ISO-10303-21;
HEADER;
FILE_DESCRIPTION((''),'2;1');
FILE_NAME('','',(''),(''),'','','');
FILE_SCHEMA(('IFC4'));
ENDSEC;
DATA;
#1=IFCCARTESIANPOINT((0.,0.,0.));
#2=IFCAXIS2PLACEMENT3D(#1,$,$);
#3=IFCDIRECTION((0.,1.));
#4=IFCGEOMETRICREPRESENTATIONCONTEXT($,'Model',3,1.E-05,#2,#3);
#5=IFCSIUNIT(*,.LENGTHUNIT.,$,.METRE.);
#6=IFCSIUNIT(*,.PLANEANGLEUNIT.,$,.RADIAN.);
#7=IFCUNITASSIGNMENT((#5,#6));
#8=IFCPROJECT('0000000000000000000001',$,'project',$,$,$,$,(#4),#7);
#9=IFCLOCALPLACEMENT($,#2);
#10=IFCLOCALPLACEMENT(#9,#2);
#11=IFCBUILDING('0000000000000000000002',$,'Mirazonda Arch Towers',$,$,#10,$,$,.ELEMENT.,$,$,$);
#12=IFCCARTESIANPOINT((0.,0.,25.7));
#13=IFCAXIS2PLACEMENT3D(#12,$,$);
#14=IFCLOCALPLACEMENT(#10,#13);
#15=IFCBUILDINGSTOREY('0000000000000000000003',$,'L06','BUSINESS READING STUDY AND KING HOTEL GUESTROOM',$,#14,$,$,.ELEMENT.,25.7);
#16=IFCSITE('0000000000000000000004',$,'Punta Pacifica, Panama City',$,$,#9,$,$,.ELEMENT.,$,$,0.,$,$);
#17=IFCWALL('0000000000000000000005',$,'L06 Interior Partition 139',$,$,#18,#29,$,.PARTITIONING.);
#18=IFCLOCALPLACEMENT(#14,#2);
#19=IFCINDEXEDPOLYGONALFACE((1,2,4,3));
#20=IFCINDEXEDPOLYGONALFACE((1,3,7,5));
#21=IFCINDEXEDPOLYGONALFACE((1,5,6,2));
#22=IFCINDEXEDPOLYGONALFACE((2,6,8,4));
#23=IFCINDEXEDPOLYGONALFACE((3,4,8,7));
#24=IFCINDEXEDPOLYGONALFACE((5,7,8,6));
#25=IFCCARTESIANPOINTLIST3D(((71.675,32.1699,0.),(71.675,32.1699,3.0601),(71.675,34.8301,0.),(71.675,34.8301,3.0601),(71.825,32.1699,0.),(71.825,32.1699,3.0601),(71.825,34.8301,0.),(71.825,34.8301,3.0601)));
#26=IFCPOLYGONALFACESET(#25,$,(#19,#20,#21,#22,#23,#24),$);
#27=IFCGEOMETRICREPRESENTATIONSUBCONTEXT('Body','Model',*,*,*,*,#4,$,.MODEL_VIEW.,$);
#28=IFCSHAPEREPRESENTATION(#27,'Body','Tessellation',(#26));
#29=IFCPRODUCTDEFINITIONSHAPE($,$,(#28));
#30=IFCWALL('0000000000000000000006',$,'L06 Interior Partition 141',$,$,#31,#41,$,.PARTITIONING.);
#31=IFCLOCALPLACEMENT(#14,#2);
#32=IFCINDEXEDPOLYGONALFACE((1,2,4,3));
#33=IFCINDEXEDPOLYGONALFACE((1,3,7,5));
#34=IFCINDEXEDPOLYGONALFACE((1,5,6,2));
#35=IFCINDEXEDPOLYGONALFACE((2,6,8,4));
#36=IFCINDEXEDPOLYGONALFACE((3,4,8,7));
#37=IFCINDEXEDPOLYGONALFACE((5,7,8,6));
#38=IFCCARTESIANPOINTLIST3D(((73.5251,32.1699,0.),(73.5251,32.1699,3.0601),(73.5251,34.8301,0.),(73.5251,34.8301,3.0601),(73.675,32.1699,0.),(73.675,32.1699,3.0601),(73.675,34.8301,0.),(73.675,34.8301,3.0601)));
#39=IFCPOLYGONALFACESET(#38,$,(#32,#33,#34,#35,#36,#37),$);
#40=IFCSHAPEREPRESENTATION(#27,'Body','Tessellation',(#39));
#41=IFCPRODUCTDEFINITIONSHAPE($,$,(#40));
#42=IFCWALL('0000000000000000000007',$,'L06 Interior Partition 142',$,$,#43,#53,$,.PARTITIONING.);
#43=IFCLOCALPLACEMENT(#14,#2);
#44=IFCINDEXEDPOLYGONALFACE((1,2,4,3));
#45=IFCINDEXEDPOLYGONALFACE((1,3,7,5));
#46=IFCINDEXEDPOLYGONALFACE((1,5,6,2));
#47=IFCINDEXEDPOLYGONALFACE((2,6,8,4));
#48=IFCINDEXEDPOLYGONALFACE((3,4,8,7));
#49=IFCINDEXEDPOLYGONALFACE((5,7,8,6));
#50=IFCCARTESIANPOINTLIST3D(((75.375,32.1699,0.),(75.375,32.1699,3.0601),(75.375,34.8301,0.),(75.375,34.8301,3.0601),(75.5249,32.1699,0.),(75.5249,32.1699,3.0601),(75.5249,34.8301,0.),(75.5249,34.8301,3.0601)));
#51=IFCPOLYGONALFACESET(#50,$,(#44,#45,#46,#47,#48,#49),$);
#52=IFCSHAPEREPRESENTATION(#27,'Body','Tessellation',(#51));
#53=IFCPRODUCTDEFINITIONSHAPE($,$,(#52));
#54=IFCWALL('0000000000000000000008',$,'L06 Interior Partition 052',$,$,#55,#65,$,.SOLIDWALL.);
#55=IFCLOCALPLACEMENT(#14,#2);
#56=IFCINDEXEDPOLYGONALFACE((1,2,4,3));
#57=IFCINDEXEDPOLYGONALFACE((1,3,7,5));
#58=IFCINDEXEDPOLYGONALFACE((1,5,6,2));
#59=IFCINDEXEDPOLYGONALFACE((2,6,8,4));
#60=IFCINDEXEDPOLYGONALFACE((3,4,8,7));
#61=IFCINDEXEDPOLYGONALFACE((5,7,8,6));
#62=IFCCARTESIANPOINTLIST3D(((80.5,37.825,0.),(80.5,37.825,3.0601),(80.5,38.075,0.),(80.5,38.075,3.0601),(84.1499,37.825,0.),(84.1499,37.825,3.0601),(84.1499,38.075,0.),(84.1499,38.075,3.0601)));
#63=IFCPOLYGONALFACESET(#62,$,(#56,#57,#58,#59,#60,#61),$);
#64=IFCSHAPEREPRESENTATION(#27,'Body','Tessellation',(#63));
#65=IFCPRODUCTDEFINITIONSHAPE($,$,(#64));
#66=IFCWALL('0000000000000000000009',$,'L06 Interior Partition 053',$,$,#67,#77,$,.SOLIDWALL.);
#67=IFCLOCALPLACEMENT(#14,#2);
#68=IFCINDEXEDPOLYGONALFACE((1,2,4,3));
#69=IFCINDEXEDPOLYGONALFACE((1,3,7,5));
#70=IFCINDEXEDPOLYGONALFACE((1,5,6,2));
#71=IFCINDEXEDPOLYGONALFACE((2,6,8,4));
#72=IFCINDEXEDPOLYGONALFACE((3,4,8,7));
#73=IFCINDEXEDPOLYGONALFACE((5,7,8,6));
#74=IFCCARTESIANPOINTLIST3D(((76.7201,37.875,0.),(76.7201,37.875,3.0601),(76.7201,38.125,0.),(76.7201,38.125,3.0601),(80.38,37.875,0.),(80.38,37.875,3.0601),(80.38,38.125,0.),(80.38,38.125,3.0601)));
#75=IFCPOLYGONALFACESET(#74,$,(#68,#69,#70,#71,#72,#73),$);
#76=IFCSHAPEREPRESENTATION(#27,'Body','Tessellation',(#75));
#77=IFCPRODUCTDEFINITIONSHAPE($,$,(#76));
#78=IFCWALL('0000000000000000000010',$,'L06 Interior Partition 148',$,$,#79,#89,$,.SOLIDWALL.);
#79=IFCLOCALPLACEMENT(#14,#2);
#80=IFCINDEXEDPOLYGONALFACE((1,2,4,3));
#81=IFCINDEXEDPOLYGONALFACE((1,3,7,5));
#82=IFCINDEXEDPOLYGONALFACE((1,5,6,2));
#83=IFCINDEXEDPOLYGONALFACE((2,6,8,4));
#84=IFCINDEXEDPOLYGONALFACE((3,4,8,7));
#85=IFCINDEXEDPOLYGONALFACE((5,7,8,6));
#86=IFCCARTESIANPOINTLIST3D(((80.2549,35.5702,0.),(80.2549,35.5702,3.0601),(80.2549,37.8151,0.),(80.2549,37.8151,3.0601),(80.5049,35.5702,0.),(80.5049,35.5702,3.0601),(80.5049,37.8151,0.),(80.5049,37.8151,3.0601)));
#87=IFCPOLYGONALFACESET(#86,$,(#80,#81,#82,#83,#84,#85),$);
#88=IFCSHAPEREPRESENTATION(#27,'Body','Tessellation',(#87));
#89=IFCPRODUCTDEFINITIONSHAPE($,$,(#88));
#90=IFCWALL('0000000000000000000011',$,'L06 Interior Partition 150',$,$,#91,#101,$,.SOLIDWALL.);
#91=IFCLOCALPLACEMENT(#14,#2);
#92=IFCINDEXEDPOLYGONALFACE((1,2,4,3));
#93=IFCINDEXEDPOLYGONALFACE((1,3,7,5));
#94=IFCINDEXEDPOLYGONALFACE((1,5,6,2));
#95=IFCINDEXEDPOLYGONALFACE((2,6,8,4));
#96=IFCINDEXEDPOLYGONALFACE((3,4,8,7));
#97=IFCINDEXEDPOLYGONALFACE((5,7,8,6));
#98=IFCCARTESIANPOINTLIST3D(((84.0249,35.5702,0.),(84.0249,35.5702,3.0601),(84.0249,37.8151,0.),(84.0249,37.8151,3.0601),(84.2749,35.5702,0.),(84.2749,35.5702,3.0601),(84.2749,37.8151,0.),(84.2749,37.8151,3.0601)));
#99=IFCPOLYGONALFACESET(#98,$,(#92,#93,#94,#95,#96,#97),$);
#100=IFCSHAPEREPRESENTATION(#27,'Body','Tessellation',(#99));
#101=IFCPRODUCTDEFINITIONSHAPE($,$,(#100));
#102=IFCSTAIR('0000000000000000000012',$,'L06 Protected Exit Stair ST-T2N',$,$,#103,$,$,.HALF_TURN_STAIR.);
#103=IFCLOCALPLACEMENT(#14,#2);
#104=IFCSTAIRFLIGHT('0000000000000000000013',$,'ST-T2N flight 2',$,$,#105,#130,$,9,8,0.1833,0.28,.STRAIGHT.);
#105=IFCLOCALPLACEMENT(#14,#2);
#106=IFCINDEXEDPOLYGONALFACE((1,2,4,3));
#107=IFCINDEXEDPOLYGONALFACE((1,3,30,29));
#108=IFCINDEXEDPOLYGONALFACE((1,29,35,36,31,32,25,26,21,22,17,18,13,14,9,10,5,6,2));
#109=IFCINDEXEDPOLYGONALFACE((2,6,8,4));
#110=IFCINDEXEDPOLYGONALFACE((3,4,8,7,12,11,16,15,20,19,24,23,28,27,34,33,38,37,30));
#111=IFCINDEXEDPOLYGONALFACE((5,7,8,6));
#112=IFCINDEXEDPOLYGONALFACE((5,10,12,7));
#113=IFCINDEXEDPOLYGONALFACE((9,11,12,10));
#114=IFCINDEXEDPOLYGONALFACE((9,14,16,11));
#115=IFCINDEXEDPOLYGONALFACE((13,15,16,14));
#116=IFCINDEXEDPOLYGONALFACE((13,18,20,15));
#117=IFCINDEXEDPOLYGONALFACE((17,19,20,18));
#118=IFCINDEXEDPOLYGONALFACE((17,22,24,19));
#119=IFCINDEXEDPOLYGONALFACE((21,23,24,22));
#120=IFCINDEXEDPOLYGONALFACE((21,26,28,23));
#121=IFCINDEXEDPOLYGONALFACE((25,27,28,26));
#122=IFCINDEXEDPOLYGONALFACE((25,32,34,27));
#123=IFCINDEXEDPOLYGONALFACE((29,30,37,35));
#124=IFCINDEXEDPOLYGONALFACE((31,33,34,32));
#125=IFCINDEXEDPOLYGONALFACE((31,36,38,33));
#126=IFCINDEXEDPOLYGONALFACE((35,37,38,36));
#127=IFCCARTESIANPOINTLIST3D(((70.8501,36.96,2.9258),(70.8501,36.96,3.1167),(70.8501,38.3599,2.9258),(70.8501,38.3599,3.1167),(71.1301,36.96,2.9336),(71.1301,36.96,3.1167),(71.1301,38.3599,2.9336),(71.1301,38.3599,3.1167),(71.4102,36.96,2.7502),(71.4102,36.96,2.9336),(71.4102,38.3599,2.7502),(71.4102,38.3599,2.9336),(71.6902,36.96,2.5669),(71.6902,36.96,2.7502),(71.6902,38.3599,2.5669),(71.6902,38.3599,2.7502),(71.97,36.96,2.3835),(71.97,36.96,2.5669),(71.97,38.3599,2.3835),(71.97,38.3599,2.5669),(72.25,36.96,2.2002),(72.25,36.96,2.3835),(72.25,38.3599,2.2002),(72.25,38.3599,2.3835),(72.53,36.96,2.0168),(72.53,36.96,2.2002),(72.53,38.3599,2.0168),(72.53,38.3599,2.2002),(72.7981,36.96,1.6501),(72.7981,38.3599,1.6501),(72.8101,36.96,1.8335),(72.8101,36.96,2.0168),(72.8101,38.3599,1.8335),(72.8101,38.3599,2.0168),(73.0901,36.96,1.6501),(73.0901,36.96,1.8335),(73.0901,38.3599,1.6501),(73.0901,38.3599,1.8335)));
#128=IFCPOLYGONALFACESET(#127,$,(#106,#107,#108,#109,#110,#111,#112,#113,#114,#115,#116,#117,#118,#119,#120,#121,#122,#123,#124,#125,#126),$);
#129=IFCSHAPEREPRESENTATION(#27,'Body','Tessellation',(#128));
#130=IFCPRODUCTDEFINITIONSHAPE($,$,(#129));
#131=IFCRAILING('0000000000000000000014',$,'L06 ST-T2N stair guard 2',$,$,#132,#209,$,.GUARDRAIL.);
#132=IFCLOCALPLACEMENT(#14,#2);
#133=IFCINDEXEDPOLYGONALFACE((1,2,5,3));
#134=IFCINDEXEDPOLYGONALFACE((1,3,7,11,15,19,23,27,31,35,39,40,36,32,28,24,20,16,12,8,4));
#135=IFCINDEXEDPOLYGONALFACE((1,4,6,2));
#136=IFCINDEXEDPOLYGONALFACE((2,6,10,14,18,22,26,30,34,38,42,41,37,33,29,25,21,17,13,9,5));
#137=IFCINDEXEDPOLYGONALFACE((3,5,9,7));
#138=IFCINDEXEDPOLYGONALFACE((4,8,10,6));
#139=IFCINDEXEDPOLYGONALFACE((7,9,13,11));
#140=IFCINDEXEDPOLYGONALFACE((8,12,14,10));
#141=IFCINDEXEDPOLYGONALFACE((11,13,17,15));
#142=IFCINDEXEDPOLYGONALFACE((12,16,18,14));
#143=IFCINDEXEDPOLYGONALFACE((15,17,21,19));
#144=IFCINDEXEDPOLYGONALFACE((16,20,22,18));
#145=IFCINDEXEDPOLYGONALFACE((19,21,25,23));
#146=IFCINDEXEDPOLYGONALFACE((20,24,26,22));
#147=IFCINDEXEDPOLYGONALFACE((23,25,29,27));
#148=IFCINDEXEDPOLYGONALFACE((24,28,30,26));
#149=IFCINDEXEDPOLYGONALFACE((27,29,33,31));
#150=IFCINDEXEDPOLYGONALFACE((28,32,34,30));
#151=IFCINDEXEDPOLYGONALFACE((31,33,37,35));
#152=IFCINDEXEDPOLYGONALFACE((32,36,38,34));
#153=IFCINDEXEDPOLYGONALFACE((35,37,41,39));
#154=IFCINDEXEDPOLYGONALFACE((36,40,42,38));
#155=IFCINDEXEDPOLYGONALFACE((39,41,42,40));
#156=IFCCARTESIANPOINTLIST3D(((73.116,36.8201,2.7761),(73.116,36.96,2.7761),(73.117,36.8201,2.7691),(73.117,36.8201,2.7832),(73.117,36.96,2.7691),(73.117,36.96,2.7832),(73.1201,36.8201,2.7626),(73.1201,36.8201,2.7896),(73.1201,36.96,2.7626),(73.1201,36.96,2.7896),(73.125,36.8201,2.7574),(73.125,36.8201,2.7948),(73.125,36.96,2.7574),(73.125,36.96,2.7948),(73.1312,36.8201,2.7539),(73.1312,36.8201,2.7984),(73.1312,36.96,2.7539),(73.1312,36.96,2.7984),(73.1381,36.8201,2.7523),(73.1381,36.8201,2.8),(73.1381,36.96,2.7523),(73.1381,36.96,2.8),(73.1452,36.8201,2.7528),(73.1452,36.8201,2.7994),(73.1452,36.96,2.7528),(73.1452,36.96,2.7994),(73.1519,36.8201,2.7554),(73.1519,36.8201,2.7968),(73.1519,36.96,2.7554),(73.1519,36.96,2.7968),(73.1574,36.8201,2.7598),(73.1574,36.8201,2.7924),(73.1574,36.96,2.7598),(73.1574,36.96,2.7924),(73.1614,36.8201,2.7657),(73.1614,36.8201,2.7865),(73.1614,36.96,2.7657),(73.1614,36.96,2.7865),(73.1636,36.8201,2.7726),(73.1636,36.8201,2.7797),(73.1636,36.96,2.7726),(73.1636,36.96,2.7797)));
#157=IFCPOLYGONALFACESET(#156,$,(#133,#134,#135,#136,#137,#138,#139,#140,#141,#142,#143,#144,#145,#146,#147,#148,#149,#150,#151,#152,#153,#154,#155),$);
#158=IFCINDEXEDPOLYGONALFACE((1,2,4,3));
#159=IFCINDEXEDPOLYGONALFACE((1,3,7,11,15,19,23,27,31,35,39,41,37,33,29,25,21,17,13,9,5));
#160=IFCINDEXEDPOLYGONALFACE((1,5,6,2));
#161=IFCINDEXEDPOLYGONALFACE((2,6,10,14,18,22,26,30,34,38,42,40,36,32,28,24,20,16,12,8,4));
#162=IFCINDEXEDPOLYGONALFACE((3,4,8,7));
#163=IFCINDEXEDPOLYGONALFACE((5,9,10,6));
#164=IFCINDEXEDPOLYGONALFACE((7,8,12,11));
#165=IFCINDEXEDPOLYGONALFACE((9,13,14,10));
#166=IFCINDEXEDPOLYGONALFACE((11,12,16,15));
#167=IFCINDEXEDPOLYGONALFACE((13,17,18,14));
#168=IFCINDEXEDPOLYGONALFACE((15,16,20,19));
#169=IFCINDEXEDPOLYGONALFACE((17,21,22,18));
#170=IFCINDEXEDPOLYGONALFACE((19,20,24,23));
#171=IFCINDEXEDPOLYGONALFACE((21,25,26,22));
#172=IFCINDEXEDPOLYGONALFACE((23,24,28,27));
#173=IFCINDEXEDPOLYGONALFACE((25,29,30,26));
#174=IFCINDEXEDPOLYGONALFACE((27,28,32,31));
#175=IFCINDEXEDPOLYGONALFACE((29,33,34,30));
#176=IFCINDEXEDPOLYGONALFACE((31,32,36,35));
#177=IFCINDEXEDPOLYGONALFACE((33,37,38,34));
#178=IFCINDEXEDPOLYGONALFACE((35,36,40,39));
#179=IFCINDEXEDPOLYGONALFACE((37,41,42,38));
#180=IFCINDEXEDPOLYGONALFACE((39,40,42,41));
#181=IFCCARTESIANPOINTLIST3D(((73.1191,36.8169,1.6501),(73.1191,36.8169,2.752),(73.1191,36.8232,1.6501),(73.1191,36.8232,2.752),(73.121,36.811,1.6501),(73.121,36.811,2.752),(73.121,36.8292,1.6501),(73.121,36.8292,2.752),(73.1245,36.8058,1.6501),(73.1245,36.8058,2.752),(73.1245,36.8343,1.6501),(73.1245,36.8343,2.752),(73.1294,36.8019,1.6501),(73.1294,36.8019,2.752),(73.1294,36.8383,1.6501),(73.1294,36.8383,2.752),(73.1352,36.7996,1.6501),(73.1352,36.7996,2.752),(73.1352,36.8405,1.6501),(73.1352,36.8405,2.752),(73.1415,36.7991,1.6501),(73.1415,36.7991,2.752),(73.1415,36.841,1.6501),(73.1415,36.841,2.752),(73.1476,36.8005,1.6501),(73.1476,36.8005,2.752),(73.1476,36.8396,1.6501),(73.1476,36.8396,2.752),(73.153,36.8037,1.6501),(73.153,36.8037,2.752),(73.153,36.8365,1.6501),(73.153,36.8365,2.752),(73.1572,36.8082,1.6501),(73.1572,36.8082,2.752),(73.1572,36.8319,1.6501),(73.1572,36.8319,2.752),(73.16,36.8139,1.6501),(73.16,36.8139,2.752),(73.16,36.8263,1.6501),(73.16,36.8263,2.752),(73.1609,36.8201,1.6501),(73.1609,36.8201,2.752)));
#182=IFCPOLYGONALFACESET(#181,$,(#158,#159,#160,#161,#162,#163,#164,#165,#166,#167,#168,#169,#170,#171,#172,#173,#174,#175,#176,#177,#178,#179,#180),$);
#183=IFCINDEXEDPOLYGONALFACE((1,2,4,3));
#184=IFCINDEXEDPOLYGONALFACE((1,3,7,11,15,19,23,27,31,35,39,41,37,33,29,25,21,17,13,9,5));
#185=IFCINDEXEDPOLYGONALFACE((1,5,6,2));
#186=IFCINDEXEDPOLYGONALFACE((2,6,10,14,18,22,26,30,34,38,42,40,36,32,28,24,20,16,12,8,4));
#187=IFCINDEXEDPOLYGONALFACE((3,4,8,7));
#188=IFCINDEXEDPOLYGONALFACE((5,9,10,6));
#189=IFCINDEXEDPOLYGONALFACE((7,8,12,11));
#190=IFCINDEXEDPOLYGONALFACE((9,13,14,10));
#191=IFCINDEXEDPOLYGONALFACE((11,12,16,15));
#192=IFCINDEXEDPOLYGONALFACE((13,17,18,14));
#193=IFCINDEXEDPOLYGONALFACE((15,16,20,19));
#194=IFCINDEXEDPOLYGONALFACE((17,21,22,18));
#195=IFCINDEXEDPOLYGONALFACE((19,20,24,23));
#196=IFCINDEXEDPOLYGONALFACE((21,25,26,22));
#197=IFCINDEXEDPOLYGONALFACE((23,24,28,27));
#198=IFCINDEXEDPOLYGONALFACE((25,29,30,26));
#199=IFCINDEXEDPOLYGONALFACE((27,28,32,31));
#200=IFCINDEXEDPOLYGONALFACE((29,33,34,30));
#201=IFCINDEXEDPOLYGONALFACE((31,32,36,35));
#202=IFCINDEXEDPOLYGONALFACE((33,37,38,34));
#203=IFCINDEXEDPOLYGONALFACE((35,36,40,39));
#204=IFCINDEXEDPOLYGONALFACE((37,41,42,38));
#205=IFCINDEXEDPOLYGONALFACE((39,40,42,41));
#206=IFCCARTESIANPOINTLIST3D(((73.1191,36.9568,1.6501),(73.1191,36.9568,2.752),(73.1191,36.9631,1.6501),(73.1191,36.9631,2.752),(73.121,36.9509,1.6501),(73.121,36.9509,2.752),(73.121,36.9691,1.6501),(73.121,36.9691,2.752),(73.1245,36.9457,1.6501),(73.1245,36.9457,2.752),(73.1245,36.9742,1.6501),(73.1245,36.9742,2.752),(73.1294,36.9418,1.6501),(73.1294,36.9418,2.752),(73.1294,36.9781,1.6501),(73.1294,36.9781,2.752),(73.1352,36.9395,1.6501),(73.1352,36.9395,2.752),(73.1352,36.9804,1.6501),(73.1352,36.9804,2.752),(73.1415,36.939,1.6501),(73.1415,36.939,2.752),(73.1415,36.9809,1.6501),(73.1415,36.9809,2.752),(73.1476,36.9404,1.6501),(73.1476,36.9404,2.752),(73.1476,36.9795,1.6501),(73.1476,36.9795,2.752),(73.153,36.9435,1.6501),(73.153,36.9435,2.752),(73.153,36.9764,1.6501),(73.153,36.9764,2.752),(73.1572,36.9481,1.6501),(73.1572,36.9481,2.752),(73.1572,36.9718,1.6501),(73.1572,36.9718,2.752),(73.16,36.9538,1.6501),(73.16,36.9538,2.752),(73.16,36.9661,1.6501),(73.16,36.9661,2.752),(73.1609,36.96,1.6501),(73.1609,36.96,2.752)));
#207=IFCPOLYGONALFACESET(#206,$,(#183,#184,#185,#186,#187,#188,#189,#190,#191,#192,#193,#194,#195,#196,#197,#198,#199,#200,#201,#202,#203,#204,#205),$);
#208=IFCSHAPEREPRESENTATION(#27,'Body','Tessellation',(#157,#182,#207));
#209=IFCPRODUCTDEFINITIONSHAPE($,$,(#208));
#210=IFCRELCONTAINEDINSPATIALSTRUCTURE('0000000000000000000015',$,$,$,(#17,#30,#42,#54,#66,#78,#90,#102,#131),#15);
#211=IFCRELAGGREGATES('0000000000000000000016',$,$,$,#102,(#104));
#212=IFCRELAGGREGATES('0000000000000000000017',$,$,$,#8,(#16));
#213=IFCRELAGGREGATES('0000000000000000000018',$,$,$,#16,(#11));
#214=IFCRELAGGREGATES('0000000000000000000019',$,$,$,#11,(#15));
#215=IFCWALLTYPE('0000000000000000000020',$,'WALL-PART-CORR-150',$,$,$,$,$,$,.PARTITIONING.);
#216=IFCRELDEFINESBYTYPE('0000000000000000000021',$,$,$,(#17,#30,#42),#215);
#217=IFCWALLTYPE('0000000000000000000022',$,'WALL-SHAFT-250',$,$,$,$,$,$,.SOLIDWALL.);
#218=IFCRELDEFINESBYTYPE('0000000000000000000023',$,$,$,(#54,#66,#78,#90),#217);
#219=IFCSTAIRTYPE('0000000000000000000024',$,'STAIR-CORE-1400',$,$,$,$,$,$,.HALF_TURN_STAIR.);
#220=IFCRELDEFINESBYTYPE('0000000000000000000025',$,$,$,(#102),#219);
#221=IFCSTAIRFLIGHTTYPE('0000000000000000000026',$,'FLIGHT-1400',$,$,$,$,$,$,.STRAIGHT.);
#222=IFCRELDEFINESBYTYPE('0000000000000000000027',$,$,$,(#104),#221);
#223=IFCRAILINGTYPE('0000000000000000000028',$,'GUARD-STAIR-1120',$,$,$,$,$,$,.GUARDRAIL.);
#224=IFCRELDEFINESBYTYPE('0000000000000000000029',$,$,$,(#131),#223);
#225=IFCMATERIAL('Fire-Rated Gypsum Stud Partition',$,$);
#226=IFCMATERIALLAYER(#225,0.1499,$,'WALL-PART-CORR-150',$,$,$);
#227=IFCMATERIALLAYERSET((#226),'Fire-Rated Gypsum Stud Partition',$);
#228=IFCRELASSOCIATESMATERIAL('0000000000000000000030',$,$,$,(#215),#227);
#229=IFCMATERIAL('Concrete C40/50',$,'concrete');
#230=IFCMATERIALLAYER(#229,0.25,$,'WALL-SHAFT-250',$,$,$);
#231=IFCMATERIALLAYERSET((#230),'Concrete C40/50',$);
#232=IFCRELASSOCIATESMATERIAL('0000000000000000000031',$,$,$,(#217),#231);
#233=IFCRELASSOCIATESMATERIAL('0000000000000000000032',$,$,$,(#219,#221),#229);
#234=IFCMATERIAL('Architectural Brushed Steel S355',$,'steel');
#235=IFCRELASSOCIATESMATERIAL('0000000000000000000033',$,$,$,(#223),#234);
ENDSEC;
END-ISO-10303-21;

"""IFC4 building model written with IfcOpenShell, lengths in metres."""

from ifc_helpers import new_model, si_unit, direction, frame, frame_2d, origin, origin_2d, place, context, subcontext, project, spatial, polyline, rectangle, circle, outline, extrude, material, layer, layer_set, type_object, element, aggregate, save


model = new_model("IFC4")

# Units and contexts
model_context = context("Model", 3, precision=1e-05, world=origin(), true_north=direction((0.0, 1.0)))
body_context = subcontext(model_context, "Body", "Model", "MODEL_VIEW")
ifc_project = project(units=[si_unit("LENGTHUNIT", "METRE"), si_unit("PLANEANGLEUNIT", "RADIAN")], contexts=[model_context])

# Site, building, storey
site_placement = place(None, origin())
site = spatial("IfcSite", under=ifc_project, at=site_placement, Name="Punta Pacifica, Panama City", CompositionType="ELEMENT", RefElevation=0.0)
building_placement = place(site_placement, origin())
building = spatial("IfcBuilding", under=site, at=building_placement, Name="Mirazonda Arch Towers", CompositionType="ELEMENT")
storey_placement = place(building_placement, frame((0.0, 0.0, 25.7)))
storey = spatial("IfcBuildingStorey", under=building, at=storey_placement, Name="L06", Description="BUSINESS READING STUDY AND KING HOTEL GUESTROOM", CompositionType="ELEMENT", Elevation=25.7)

# Shared definitions
ifc_material_1 = material(Name="Concrete C40/50", Category="concrete")
ifc_material_2 = material(Name="Architectural Brushed Steel S355", Category="steel")

# Walls
ifc_material_3 = material(Name="Fire-Rated Gypsum Stud Partition")
ifc_layer_1 = layer(ifc_material_3, 0.1499, Name="WALL-PART-CORR-150")
ifc_layer_set_1 = layer_set([ifc_layer_1], Name="Fire-Rated Gypsum Stud Partition")
wall_type_1 = type_object("IfcWallType", Name="WALL-PART-CORR-150", PredefinedType="PARTITIONING", material=ifc_layer_set_1)
for number, where, z_axis, x_axis, name in (
    (1, (71.75, 32.1699, 0.0), (0.0, 0.0, 1.0), (0.0, 1.0, 0.0), "L06 Interior Partition 139"),
    (2, (73.6001, 32.1699, 0.0), (0.0, 0.0, 1.0), (0.0, 1.0, 0.0), "L06 Interior Partition 141"),
    (3, (75.45, 32.1699, 0.0), (0.0, 0.0, 1.0), (0.0, 1.0, 0.0), "L06 Interior Partition 142"),
):
    element("IfcWall", number, at=place(storey_placement, frame(where, z_axis=z_axis, x_axis=x_axis)), inside=storey, type_object=wall_type_1, Name=name, PredefinedType="PARTITIONING", context=body_context, shape_type="SweptSolid", body=[
        extrude(rectangle(XDim=2.6602, YDim=0.1499, at=frame_2d((1.3301, 0.0))), origin(), (0.0, 0.0, 1.0), 3.0601),
    ])
ifc_layer_2 = layer(ifc_material_1, 0.25, Name="WALL-SHAFT-250")
ifc_layer_set_2 = layer_set([ifc_layer_2], Name="Concrete C40/50")
wall_type_2 = type_object("IfcWallType", Name="WALL-SHAFT-250", PredefinedType="SOLIDWALL", material=ifc_layer_set_2)
wall_1_placement = place(storey_placement, frame((80.5, 37.95, 0.0), z_axis=(0.0, 0.0, 1.0), x_axis=(1.0, 0.0, 0.0)))
element("IfcWall", 4, at=wall_1_placement, inside=storey, type_object=wall_type_2, Name="L06 Interior Partition 052", PredefinedType="SOLIDWALL", context=body_context, shape_type="SweptSolid", body=[
    extrude(rectangle(XDim=3.6499, YDim=0.25, at=frame_2d((1.825, 0.0))), origin(), (0.0, 0.0, 1.0), 3.0601),
])
wall_2_placement = place(storey_placement, frame((76.72, 38.0, 0.0), z_axis=(0.0, 0.0, 1.0), x_axis=(1.0, 0.0, 0.0)))
element("IfcWall", 5, at=wall_2_placement, inside=storey, type_object=wall_type_2, Name="L06 Interior Partition 053", PredefinedType="SOLIDWALL", context=body_context, shape_type="SweptSolid", body=[
    extrude(rectangle(XDim=3.6599, YDim=0.25, at=frame_2d((1.8301, 0.0))), origin(), (0.0, 0.0, 1.0), 3.0601),
])
for number, where, z_axis, x_axis, name in (
    (6, (80.3799, 35.5701, 0.0), (0.0, 0.0, 1.0), (0.0, 1.0, 0.0), "L06 Interior Partition 148"),
    (7, (84.1499, 35.5701, 0.0), (0.0, 0.0, 1.0), (0.0, 1.0, 0.0), "L06 Interior Partition 150"),
):
    element("IfcWall", number, at=place(storey_placement, frame(where, z_axis=z_axis, x_axis=x_axis)), inside=storey, type_object=wall_type_2, Name=name, PredefinedType="SOLIDWALL", context=body_context, shape_type="SweptSolid", body=[
        extrude(rectangle(XDim=2.2449, YDim=0.25, at=frame_2d((1.1226, 0.0))), origin(), (0.0, 0.0, 1.0), 3.0601),
    ])

# Stair, stair flight
stair_type = type_object("IfcStairType", Name="STAIR-CORE-1400", PredefinedType="HALF_TURN_STAIR", material=ifc_material_1)
stair_placement = place(storey_placement, origin())
stair = element("IfcStair", 8, at=stair_placement, inside=storey, type_object=stair_type, Name="L06 Protected Exit Stair ST-T2N", PredefinedType="HALF_TURN_STAIR")
stair_flight_type = type_object("IfcStairFlightType", Name="FLIGHT-1400", PredefinedType="STRAIGHT", material=ifc_material_1)
stair_flight_placement = place(storey_placement, frame((73.0901, 37.6599, 1.6501), z_axis=(0.0, 0.0, 1.0), x_axis=(-1.0, 0.0, 0.0)))
stair_flight = element("IfcStairFlight", 9, at=stair_flight_placement, type_object=stair_flight_type, Name="ST-T2N flight 2", NumberOfRisers=9, NumberOfTreads=8, PredefinedType="STRAIGHT", RiserHeight=0.1833, TreadLength=0.28, context=body_context, shape_type="SweptSolid", body=[
    extrude(outline(polyline([(0.0, 0.0), (0.0, 0.1833), (0.28, 0.1833), (0.28, 0.3667), (0.5601, 0.3667), (0.5601, 0.55), (0.8401, 0.55), (0.8401, 0.7334), (1.1201, 0.7334), (1.1201, 0.9167), (1.3999, 0.9167), (1.3999, 1.1001), (1.6799, 1.1001), (1.6799, 1.2834), (1.96, 1.2834), (1.96, 1.4666), (2.24, 1.4666), (2.24, 1.6499), (2.24, 1.2756), (0.292, 0.0), (0.0, 0.0)])), frame((0.0, 0.7, 0.0), z_axis=(0.0, -1.0, 0.0), x_axis=(1.0, 0.0, 0.0)), (0.0, 0.0, 1.0), 1.3999),
])
aggregate(stair, [stair_flight])

# Railing
railing_type_1 = type_object("IfcRailingType", Name="GUARD-STAIR-1120", PredefinedType="GUARDRAIL", material=ifc_material_2)
railing_1_placement = place(storey_placement, frame((73.1399, 36.8201, 1.6501)))
element("IfcRailing", 10, at=railing_1_placement, inside=storey, type_object=railing_type_1, Name="L06 ST-T2N stair guard 2", PredefinedType="GUARDRAIL", context=body_context, shape_type="SweptSolid", body=[
    extrude(circle(Radius=0.0239, at=origin_2d()), frame((0.0, 0.0, 1.126), z_axis=(0.0, 1.0, 0.0), x_axis=(-1.0, 0.0, 0.0)), (0.0, 0.0, 1.0), 0.1399),
    extrude(circle(Radius=0.021, at=origin_2d()), origin(), (0.0, 0.0, 1.0), 1.1018),
    extrude(circle(Radius=0.021, at=origin_2d()), frame((0.0, 0.1399, 0.0)), (0.0, 0.0, 1.0), 1.1018),
])

save(model, "model.ifc")
